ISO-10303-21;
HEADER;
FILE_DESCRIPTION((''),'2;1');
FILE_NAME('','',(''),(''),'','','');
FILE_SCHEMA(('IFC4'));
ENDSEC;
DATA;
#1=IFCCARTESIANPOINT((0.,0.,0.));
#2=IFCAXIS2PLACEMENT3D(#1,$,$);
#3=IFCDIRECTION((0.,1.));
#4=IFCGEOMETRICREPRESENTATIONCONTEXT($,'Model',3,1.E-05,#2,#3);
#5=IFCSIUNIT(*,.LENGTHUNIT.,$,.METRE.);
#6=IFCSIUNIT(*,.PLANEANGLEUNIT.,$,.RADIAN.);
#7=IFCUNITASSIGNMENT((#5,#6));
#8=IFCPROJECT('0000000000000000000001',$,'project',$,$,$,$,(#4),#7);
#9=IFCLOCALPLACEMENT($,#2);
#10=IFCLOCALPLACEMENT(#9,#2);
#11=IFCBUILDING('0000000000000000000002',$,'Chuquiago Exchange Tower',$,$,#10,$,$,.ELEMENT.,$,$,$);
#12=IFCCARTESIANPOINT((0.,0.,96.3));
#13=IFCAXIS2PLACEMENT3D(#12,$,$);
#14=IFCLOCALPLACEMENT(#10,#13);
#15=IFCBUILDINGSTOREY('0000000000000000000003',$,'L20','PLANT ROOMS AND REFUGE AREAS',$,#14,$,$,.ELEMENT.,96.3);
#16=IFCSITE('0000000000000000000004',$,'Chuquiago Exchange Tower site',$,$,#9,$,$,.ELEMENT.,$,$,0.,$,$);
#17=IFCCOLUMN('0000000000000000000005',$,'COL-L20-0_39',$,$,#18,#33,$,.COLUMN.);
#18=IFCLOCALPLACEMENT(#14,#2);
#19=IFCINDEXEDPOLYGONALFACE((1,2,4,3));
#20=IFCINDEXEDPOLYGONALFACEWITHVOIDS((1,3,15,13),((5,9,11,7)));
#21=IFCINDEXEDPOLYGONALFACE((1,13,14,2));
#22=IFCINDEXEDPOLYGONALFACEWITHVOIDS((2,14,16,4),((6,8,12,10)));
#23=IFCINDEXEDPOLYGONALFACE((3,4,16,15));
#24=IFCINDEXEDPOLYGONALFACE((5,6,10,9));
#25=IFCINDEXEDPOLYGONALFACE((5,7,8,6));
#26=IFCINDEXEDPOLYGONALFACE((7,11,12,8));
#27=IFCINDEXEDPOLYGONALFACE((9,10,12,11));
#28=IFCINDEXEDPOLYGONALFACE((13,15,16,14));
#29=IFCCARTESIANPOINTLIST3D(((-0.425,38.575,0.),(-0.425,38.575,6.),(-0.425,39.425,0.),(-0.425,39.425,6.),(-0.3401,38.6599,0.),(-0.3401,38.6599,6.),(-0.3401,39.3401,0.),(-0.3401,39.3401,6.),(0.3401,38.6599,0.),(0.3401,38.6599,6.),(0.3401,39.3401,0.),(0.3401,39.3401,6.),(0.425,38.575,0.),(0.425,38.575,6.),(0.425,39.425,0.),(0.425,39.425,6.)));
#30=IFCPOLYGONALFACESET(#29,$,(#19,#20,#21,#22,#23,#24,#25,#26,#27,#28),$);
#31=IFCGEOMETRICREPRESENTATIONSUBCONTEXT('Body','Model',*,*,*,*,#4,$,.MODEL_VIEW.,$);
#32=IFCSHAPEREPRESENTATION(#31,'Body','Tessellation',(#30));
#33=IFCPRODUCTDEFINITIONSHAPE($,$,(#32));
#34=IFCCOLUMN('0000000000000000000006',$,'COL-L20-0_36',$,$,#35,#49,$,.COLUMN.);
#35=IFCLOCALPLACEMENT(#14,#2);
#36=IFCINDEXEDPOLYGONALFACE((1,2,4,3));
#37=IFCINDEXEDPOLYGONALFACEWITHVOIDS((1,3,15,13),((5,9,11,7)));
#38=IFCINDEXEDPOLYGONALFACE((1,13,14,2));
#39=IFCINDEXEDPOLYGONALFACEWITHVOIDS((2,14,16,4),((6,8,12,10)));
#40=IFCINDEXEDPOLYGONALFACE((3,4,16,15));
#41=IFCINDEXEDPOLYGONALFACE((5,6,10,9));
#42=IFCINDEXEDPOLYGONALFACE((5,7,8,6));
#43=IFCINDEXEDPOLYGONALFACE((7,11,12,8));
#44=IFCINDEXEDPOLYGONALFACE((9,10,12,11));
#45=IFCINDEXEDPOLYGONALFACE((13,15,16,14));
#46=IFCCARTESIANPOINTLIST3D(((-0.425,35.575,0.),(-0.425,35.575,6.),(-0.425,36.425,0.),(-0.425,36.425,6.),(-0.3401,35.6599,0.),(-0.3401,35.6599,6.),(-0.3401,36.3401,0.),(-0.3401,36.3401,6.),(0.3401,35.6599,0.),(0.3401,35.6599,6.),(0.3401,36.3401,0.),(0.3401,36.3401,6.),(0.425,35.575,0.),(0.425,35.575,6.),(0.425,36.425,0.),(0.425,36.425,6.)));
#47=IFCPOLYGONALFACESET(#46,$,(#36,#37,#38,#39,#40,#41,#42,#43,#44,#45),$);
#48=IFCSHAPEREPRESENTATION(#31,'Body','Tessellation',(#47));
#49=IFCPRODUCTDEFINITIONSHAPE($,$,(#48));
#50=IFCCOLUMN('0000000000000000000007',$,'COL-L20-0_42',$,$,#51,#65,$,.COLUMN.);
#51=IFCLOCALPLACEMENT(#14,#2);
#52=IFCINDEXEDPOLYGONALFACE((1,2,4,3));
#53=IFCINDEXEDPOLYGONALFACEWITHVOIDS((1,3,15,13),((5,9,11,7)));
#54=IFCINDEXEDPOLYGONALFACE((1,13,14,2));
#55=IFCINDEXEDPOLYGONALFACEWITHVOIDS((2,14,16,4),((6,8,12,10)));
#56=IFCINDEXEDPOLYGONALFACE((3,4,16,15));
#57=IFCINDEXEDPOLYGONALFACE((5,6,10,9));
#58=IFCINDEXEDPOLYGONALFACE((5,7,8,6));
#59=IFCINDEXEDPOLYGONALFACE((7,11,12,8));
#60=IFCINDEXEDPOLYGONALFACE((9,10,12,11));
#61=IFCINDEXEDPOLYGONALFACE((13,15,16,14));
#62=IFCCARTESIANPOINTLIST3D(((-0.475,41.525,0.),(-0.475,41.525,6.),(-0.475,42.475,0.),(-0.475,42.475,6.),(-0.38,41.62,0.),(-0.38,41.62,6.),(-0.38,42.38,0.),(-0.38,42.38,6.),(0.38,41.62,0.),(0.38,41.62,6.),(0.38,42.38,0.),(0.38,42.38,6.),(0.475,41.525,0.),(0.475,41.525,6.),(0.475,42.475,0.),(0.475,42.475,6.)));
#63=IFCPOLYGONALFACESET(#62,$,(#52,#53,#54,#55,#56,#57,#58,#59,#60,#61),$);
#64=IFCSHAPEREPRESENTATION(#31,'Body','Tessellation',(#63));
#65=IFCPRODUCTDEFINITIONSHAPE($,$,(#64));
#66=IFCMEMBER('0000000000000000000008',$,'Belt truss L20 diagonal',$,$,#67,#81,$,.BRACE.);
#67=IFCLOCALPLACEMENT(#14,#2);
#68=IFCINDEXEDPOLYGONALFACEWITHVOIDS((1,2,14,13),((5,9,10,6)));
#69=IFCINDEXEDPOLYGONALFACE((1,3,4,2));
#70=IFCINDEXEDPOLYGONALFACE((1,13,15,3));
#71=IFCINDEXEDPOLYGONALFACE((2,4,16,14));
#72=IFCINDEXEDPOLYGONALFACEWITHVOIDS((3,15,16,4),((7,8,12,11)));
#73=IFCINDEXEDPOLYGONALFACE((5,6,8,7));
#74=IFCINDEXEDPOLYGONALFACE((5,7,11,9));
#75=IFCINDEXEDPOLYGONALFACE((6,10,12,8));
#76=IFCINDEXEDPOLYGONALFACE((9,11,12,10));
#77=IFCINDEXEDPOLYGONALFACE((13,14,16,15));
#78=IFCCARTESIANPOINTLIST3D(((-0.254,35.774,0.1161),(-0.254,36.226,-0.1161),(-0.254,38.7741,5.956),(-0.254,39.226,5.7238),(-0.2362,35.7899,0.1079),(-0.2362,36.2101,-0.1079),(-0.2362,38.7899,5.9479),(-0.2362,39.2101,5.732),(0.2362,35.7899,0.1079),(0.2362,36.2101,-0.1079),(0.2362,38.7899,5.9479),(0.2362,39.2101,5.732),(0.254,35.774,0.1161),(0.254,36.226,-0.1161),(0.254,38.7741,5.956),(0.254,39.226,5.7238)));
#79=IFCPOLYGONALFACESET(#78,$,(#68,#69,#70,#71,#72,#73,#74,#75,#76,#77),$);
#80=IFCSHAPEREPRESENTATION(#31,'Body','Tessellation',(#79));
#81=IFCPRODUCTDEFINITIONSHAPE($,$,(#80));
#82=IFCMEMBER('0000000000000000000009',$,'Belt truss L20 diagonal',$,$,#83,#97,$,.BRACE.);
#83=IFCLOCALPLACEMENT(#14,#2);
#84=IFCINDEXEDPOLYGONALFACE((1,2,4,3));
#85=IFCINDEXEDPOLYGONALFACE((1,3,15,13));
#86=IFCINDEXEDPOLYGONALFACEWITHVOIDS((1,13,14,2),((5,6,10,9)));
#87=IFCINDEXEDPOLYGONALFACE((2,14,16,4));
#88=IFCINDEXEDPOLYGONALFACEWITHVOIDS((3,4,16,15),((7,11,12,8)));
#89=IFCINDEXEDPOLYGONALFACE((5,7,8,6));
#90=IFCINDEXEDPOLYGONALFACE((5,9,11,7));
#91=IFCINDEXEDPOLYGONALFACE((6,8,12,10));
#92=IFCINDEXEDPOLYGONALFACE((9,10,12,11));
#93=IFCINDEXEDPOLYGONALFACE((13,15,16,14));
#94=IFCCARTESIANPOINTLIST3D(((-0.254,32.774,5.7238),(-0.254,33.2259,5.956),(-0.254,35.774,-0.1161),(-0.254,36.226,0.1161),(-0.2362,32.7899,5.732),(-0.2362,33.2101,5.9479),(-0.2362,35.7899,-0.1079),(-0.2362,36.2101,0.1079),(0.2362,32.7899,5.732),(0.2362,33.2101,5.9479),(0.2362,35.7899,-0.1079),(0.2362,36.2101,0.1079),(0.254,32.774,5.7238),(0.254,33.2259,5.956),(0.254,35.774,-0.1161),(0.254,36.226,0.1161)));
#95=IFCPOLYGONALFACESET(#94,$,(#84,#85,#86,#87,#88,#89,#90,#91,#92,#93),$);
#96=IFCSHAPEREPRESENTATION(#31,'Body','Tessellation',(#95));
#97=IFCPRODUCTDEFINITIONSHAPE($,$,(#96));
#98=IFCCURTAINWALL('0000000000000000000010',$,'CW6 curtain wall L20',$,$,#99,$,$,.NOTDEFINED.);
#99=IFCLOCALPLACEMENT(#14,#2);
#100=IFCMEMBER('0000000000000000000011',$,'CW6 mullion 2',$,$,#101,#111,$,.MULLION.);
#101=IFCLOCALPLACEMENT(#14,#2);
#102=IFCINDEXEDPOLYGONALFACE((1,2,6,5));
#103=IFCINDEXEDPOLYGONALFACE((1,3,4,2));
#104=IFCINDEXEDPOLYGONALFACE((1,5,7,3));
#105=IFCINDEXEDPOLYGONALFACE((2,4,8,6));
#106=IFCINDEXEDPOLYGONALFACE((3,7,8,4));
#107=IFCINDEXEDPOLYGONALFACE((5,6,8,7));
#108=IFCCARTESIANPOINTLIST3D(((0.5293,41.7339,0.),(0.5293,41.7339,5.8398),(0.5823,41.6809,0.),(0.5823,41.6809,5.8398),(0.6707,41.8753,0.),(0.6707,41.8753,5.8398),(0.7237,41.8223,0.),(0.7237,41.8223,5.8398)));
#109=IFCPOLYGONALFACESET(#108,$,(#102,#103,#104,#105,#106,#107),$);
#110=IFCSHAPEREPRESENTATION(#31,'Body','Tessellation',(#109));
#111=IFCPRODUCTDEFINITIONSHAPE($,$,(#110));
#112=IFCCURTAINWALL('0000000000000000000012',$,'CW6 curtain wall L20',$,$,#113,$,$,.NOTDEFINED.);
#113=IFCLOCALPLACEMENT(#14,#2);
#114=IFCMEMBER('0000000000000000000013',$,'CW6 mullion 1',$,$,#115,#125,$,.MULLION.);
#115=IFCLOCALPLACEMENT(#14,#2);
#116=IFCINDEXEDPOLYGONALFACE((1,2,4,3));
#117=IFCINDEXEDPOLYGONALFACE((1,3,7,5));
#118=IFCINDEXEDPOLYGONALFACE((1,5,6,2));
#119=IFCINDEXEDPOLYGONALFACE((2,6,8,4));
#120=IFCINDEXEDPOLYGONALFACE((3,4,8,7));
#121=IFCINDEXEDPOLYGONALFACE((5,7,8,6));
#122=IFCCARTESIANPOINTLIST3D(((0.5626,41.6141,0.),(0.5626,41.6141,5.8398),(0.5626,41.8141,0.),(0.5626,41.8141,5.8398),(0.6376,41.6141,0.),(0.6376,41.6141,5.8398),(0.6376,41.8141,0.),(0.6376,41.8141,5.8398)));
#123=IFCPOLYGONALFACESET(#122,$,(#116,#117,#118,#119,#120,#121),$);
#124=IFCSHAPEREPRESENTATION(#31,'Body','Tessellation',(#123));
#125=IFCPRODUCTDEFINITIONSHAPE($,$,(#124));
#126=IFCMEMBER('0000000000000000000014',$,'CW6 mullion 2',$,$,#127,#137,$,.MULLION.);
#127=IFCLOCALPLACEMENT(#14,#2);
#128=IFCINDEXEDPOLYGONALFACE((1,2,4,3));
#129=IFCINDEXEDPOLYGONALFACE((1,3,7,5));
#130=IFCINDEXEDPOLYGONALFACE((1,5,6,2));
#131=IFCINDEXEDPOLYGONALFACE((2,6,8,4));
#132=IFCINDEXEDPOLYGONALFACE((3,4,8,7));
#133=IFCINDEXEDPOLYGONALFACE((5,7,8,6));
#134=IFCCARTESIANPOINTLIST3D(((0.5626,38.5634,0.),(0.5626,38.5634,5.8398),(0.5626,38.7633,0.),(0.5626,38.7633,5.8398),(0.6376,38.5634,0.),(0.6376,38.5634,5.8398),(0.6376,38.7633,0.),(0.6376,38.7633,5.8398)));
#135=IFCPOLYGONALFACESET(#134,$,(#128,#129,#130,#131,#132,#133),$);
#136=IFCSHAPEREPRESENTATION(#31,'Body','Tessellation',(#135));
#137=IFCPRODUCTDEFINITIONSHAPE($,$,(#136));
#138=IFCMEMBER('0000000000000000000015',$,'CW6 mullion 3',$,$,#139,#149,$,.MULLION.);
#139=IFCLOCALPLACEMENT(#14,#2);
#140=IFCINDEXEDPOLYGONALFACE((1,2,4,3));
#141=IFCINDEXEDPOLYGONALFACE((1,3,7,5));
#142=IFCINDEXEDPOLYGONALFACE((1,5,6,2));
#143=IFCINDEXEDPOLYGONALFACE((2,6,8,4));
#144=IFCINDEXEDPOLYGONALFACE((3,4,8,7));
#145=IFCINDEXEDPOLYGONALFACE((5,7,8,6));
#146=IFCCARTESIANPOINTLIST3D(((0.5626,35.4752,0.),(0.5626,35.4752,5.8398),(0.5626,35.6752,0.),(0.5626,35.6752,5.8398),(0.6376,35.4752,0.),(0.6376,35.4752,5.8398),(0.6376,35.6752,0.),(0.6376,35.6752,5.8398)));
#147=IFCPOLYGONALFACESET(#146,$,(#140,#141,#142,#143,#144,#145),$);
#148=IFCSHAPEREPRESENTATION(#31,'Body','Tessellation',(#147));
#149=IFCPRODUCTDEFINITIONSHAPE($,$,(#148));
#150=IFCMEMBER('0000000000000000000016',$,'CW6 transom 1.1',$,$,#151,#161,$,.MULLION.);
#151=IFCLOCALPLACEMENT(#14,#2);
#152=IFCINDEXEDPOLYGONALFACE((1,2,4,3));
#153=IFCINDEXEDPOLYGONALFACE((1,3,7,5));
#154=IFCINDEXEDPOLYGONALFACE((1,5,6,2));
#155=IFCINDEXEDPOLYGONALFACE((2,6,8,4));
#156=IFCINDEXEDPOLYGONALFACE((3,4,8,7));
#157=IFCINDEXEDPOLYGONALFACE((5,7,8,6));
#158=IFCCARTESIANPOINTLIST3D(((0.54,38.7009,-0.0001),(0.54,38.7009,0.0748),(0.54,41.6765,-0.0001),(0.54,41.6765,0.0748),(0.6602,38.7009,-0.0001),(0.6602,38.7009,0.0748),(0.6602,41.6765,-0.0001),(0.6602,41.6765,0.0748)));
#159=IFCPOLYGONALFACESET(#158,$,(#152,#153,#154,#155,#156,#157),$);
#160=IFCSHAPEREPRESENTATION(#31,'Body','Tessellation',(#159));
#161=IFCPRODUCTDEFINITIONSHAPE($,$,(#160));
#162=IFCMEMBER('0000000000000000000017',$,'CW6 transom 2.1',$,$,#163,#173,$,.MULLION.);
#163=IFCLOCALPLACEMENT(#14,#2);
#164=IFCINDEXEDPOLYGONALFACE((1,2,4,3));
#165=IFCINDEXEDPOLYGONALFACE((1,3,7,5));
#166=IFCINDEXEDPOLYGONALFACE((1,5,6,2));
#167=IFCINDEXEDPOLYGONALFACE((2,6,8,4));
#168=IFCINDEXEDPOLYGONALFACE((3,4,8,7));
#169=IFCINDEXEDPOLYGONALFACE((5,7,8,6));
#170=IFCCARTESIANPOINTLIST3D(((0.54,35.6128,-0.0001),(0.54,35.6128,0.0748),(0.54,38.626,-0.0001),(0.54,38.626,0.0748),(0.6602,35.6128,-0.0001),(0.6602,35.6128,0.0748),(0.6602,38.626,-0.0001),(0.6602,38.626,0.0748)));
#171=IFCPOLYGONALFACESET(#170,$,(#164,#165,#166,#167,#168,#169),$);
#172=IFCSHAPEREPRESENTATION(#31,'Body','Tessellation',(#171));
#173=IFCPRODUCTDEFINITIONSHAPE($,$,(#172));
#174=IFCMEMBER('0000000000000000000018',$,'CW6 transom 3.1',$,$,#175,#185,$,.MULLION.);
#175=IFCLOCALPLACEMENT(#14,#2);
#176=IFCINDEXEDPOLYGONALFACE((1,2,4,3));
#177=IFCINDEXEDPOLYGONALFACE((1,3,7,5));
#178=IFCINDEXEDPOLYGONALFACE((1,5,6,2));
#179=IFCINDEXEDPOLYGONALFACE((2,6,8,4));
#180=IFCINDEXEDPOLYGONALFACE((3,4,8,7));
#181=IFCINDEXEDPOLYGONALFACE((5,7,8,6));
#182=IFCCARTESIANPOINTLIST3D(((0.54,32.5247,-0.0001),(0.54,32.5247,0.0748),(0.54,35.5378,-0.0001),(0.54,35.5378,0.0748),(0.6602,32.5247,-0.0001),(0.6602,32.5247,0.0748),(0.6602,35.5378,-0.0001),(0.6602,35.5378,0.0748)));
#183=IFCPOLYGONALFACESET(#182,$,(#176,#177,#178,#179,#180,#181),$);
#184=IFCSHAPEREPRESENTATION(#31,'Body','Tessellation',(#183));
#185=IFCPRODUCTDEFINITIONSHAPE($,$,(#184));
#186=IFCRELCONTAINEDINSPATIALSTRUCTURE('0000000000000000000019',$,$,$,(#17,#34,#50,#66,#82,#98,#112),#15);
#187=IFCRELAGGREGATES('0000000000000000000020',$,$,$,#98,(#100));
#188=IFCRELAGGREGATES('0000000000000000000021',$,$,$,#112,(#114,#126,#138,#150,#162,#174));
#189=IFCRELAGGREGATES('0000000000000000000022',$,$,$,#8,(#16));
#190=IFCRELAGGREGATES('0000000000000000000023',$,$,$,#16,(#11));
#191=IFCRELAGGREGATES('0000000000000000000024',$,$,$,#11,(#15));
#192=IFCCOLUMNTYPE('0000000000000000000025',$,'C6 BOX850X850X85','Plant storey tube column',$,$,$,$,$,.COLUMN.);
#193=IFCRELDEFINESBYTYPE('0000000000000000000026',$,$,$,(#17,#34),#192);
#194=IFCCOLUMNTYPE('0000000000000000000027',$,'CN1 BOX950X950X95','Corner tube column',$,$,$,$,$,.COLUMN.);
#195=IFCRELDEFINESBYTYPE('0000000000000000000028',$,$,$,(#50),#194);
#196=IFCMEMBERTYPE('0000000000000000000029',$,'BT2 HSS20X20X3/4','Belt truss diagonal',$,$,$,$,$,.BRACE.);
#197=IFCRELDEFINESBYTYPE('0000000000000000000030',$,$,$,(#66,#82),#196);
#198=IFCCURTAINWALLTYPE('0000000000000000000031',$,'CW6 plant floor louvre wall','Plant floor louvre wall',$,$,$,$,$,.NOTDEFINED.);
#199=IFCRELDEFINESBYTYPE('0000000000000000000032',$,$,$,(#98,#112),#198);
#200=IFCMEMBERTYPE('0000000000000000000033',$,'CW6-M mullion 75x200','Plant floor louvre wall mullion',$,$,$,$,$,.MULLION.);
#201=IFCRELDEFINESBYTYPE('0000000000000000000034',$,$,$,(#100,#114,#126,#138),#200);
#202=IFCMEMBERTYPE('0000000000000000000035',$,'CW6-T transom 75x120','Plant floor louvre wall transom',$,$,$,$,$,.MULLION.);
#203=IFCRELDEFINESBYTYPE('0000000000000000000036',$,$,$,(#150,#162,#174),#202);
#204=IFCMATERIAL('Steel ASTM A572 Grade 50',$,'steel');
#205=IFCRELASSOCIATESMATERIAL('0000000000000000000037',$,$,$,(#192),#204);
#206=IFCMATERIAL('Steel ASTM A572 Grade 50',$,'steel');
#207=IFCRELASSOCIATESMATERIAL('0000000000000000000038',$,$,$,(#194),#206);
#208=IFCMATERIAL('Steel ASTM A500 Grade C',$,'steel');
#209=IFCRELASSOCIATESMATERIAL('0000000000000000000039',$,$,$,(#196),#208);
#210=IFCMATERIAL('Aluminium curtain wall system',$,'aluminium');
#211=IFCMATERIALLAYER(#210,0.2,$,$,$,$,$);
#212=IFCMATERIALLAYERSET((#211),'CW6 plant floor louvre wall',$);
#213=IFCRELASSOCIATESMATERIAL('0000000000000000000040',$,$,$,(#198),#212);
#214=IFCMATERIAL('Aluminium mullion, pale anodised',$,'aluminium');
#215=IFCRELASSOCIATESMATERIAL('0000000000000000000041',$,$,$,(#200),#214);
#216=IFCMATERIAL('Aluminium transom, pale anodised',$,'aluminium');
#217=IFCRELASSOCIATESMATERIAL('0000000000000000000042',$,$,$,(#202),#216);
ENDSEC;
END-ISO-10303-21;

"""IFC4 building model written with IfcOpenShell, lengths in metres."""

from ifc_helpers import new_model, si_unit, direction, frame, origin, origin_2d, place, context, subcontext, project, spatial, rectangle, hollow_rectangle, extrude, material, layer, layer_set, material_profile, profile_set, type_object, element, aggregate, save


model = new_model("IFC4")

# Units and contexts
model_context = context("Model", 3, precision=1e-05, world=origin(), true_north=direction((0.0, 1.0)))
body_context = subcontext(model_context, "Body", "Model", "MODEL_VIEW")
ifc_project = project(units=[si_unit("LENGTHUNIT", "METRE"), si_unit("PLANEANGLEUNIT", "RADIAN")], contexts=[model_context])

# Site, building, storey
site_placement = place(None, origin())
site = spatial("IfcSite", under=ifc_project, at=site_placement, Name="Chuquiago Exchange Tower site", CompositionType="ELEMENT", RefElevation=0.0)
building_placement = place(site_placement, origin())
building = spatial("IfcBuilding", under=site, at=building_placement, Name="Chuquiago Exchange Tower", CompositionType="ELEMENT")
storey_placement = place(building_placement, frame((0.0, 0.0, 96.3)))
storey = spatial("IfcBuildingStorey", under=building, at=storey_placement, Name="L20", Description="PLANT ROOMS AND REFUGE AREAS", CompositionType="ELEMENT", Elevation=96.3)

# Columns
ifc_material_1 = material(Name="Steel ASTM A572 Grade 50", Category="steel")
ifc_material_profile_1 = material_profile(ifc_material_1, hollow_rectangle(XDim=0.8501, YDim=0.8501, WallThickness=0.085, at=origin_2d()), Name="BOX850X850X85")
ifc_profile_set_1 = profile_set([ifc_material_profile_1], Name="Steel ASTM A572 Grade 50")
column_type_1 = type_object("IfcColumnType", Name="C6 BOX850X850X85", Description="Plant storey tube column", PredefinedType="COLUMN", material=ifc_profile_set_1)
for number, where, z_axis, x_axis, name in (
    (1, (0.0, 39.0, 0.0), (0.0, 0.0, 1.0), (-1.0, 0.0, 0.0), "COL-L20-0_39"),
    (2, (0.0, 36.0, 0.0), (0.0, 0.0, 1.0), (-1.0, 0.0, 0.0), "COL-L20-0_36"),
):
    element("IfcColumn", number, at=place(storey_placement, frame(where, z_axis=z_axis, x_axis=x_axis)), inside=storey, type_object=column_type_1, Name=name, PredefinedType="COLUMN", context=body_context, shape_type="SweptSolid", body=[
        extrude(hollow_rectangle(XDim=0.8501, YDim=0.8501, WallThickness=0.085, at=origin_2d()), origin(), (0.0, 0.0, 1.0), 6.0),
    ])
ifc_material_2 = material(Name="Steel ASTM A572 Grade 50", Category="steel")
ifc_material_profile_2 = material_profile(ifc_material_2, hollow_rectangle(XDim=0.95, YDim=0.95, WallThickness=0.095, at=origin_2d()), Name="BOX950X950X95")
ifc_profile_set_2 = profile_set([ifc_material_profile_2], Name="Steel ASTM A572 Grade 50")
column_type_2 = type_object("IfcColumnType", Name="CN1 BOX950X950X95", Description="Corner tube column", PredefinedType="COLUMN", material=ifc_profile_set_2)
column_placement = place(storey_placement, frame((0.0, 42.0, 0.0), z_axis=(0.0, 0.0, 1.0), x_axis=(-1.0, 0.0, 0.0)))
element("IfcColumn", 3, at=column_placement, inside=storey, type_object=column_type_2, Name="COL-L20-0_42", PredefinedType="COLUMN", context=body_context, shape_type="SweptSolid", body=[
    extrude(hollow_rectangle(XDim=0.95, YDim=0.95, WallThickness=0.095, at=origin_2d()), origin(), (0.0, 0.0, 1.0), 6.0),
])

# Members
ifc_material_3 = material(Name="Steel ASTM A500 Grade C", Category="steel")
ifc_material_profile_3 = material_profile(ifc_material_3, hollow_rectangle(XDim=0.5081, YDim=0.5081, WallThickness=0.0178, at=origin_2d()), Name="HSS20X20X3/4")
ifc_profile_set_3 = profile_set([ifc_material_profile_3], Name="Steel ASTM A500 Grade C")
member_type_1 = type_object("IfcMemberType", Name="BT2 HSS20X20X3/4", Description="Belt truss diagonal", PredefinedType="BRACE", material=ifc_profile_set_3)
for number, where, z_axis, x_axis, name in (
    (4, (0.0, 36.0, 0.0), (0.0, 0.456945, 0.889495), (-1.0, 0.0, 0.0), "Belt truss L20 diagonal"),
    (5, (0.0, 36.0, 0.0), (0.0, -0.456945, 0.889495), (1.0, 0.0, 0.0), "Belt truss L20 diagonal"),
):
    element("IfcMember", number, at=place(storey_placement, frame(where, z_axis=z_axis, x_axis=x_axis)), inside=storey, type_object=member_type_1, Name=name, PredefinedType="BRACE", context=body_context, shape_type="SweptSolid", body=[
        extrude(hollow_rectangle(XDim=0.5081, YDim=0.5081, WallThickness=0.0178, at=origin_2d()), origin(), (0.0, 0.0, 1.0), 6.5654),
    ])

# Curtain wall, member
ifc_material_4 = material(Name="Aluminium curtain wall system", Category="aluminium")
ifc_layer_1 = layer(ifc_material_4, 0.2)
ifc_layer_set_1 = layer_set([ifc_layer_1], Name="CW6 plant floor louvre wall")
curtain_wall_type = type_object("IfcCurtainWallType", Name="CW6 plant floor louvre wall", Description="Plant floor louvre wall", PredefinedType="NOTDEFINED", material=ifc_layer_set_1)
curtain_wall_1_placement = place(storey_placement, origin())
curtain_wall_1 = element("IfcCurtainWall", 6, at=curtain_wall_1_placement, inside=storey, type_object=curtain_wall_type, Name="CW6 curtain wall L20", PredefinedType="NOTDEFINED")
ifc_material_5 = material(Name="Aluminium mullion, pale anodised", Category="aluminium")
ifc_material_profile_4 = material_profile(ifc_material_5, rectangle(XDim=0.075, YDim=0.2, at=origin_2d()), Name="AL 75x200")
ifc_profile_set_4 = profile_set([ifc_material_profile_4], Name="Aluminium mullion, pale anodised")
member_type_2 = type_object("IfcMemberType", Name="CW6-M mullion 75x200", Description="Plant floor louvre wall mullion", PredefinedType="MULLION", material=ifc_profile_set_4)
member_1_placement = place(storey_placement, frame((0.6265, 41.7781, 0.0), z_axis=(0.0, 0.0, 1.0), x_axis=(0.707107, -0.707107, 0.0)))
member_1 = element("IfcMember", 7, at=member_1_placement, type_object=member_type_2, Name="CW6 mullion 2", PredefinedType="MULLION", context=body_context, shape_type="SweptSolid", body=[
    extrude(rectangle(XDim=0.075, YDim=0.2, at=origin_2d()), origin(), (0.0, 0.0, 1.0), 5.8398),
])
aggregate(curtain_wall_1, [member_1])

# Curtain wall, members
curtain_wall_2_placement = place(storey_placement, origin())
curtain_wall_2 = element("IfcCurtainWall", 8, at=curtain_wall_2_placement, inside=storey, type_object=curtain_wall_type, Name="CW6 curtain wall L20", PredefinedType="NOTDEFINED")
member_2_placement = place(storey_placement, frame((0.6001, 41.7141, 0.0), z_axis=(0.0, 0.0, 1.0), x_axis=(1.0, 0.0, 0.0)))
member_2 = element("IfcMember", 9, at=member_2_placement, type_object=member_type_2, Name="CW6 mullion 1", PredefinedType="MULLION", context=body_context, shape_type="SweptSolid", body=[
    extrude(rectangle(XDim=0.075, YDim=0.2, at=origin_2d()), origin(), (0.0, 0.0, 1.0), 5.8398),
])
member_3_placement = place(storey_placement, frame((0.6001, 38.6633, 0.0), z_axis=(0.0, 0.0, 1.0), x_axis=(1.0, 0.0, 0.0)))
member_3 = element("IfcMember", 10, at=member_3_placement, type_object=member_type_2, Name="CW6 mullion 2", PredefinedType="MULLION", context=body_context, shape_type="SweptSolid", body=[
    extrude(rectangle(XDim=0.075, YDim=0.2, at=origin_2d()), origin(), (0.0, 0.0, 1.0), 5.8398),
])
member_4_placement = place(storey_placement, frame((0.6001, 35.5752, 0.0), z_axis=(0.0, 0.0, 1.0), x_axis=(1.0, 0.0, 0.0)))
member_4 = element("IfcMember", 11, at=member_4_placement, type_object=member_type_2, Name="CW6 mullion 3", PredefinedType="MULLION", context=body_context, shape_type="SweptSolid", body=[
    extrude(rectangle(XDim=0.075, YDim=0.2, at=origin_2d()), origin(), (0.0, 0.0, 1.0), 5.8398),
])
ifc_material_6 = material(Name="Aluminium transom, pale anodised", Category="aluminium")
ifc_material_profile_5 = material_profile(ifc_material_6, rectangle(XDim=0.1201, YDim=0.075, at=origin_2d()), Name="AL 120x75")
ifc_profile_set_5 = profile_set([ifc_material_profile_5], Name="Aluminium transom, pale anodised")
member_type_3 = type_object("IfcMemberType", Name="CW6-T transom 75x120", Description="Plant floor louvre wall transom", PredefinedType="MULLION", material=ifc_profile_set_5)
member_5_placement = place(storey_placement, frame((0.6001, 41.6765, 0.0374), z_axis=(0.0, -1.0, 0.0), x_axis=(1.0, 0.0, 0.0)))
member_5 = element("IfcMember", 12, at=member_5_placement, type_object=member_type_3, Name="CW6 transom 1.1", PredefinedType="MULLION", context=body_context, shape_type="SweptSolid", body=[
    extrude(rectangle(XDim=0.1201, YDim=0.075, at=origin_2d()), origin(), (0.0, 0.0, 1.0), 2.9756),
])
member_6_placement = place(storey_placement, frame((0.6001, 38.626, 0.0374), z_axis=(0.0, -1.0, 0.0), x_axis=(1.0, 0.0, 0.0)))
member_6 = element("IfcMember", 13, at=member_6_placement, type_object=member_type_3, Name="CW6 transom 2.1", PredefinedType="MULLION", context=body_context, shape_type="SweptSolid", body=[
    extrude(rectangle(XDim=0.1201, YDim=0.075, at=origin_2d()), origin(), (0.0, 0.0, 1.0), 3.0132),
])
member_7_placement = place(storey_placement, frame((0.6001, 35.5378, 0.0374), z_axis=(0.0, -1.0, 0.0), x_axis=(1.0, 0.0, 0.0)))
member_7 = element("IfcMember", 14, at=member_7_placement, type_object=member_type_3, Name="CW6 transom 3.1", PredefinedType="MULLION", context=body_context, shape_type="SweptSolid", body=[
    extrude(rectangle(XDim=0.1201, YDim=0.075, at=origin_2d()), origin(), (0.0, 0.0, 1.0), 3.0132),
])

aggregate(curtain_wall_2, [member_2, member_3, member_4, member_5, member_6, member_7])

save(model, "model.ifc")
